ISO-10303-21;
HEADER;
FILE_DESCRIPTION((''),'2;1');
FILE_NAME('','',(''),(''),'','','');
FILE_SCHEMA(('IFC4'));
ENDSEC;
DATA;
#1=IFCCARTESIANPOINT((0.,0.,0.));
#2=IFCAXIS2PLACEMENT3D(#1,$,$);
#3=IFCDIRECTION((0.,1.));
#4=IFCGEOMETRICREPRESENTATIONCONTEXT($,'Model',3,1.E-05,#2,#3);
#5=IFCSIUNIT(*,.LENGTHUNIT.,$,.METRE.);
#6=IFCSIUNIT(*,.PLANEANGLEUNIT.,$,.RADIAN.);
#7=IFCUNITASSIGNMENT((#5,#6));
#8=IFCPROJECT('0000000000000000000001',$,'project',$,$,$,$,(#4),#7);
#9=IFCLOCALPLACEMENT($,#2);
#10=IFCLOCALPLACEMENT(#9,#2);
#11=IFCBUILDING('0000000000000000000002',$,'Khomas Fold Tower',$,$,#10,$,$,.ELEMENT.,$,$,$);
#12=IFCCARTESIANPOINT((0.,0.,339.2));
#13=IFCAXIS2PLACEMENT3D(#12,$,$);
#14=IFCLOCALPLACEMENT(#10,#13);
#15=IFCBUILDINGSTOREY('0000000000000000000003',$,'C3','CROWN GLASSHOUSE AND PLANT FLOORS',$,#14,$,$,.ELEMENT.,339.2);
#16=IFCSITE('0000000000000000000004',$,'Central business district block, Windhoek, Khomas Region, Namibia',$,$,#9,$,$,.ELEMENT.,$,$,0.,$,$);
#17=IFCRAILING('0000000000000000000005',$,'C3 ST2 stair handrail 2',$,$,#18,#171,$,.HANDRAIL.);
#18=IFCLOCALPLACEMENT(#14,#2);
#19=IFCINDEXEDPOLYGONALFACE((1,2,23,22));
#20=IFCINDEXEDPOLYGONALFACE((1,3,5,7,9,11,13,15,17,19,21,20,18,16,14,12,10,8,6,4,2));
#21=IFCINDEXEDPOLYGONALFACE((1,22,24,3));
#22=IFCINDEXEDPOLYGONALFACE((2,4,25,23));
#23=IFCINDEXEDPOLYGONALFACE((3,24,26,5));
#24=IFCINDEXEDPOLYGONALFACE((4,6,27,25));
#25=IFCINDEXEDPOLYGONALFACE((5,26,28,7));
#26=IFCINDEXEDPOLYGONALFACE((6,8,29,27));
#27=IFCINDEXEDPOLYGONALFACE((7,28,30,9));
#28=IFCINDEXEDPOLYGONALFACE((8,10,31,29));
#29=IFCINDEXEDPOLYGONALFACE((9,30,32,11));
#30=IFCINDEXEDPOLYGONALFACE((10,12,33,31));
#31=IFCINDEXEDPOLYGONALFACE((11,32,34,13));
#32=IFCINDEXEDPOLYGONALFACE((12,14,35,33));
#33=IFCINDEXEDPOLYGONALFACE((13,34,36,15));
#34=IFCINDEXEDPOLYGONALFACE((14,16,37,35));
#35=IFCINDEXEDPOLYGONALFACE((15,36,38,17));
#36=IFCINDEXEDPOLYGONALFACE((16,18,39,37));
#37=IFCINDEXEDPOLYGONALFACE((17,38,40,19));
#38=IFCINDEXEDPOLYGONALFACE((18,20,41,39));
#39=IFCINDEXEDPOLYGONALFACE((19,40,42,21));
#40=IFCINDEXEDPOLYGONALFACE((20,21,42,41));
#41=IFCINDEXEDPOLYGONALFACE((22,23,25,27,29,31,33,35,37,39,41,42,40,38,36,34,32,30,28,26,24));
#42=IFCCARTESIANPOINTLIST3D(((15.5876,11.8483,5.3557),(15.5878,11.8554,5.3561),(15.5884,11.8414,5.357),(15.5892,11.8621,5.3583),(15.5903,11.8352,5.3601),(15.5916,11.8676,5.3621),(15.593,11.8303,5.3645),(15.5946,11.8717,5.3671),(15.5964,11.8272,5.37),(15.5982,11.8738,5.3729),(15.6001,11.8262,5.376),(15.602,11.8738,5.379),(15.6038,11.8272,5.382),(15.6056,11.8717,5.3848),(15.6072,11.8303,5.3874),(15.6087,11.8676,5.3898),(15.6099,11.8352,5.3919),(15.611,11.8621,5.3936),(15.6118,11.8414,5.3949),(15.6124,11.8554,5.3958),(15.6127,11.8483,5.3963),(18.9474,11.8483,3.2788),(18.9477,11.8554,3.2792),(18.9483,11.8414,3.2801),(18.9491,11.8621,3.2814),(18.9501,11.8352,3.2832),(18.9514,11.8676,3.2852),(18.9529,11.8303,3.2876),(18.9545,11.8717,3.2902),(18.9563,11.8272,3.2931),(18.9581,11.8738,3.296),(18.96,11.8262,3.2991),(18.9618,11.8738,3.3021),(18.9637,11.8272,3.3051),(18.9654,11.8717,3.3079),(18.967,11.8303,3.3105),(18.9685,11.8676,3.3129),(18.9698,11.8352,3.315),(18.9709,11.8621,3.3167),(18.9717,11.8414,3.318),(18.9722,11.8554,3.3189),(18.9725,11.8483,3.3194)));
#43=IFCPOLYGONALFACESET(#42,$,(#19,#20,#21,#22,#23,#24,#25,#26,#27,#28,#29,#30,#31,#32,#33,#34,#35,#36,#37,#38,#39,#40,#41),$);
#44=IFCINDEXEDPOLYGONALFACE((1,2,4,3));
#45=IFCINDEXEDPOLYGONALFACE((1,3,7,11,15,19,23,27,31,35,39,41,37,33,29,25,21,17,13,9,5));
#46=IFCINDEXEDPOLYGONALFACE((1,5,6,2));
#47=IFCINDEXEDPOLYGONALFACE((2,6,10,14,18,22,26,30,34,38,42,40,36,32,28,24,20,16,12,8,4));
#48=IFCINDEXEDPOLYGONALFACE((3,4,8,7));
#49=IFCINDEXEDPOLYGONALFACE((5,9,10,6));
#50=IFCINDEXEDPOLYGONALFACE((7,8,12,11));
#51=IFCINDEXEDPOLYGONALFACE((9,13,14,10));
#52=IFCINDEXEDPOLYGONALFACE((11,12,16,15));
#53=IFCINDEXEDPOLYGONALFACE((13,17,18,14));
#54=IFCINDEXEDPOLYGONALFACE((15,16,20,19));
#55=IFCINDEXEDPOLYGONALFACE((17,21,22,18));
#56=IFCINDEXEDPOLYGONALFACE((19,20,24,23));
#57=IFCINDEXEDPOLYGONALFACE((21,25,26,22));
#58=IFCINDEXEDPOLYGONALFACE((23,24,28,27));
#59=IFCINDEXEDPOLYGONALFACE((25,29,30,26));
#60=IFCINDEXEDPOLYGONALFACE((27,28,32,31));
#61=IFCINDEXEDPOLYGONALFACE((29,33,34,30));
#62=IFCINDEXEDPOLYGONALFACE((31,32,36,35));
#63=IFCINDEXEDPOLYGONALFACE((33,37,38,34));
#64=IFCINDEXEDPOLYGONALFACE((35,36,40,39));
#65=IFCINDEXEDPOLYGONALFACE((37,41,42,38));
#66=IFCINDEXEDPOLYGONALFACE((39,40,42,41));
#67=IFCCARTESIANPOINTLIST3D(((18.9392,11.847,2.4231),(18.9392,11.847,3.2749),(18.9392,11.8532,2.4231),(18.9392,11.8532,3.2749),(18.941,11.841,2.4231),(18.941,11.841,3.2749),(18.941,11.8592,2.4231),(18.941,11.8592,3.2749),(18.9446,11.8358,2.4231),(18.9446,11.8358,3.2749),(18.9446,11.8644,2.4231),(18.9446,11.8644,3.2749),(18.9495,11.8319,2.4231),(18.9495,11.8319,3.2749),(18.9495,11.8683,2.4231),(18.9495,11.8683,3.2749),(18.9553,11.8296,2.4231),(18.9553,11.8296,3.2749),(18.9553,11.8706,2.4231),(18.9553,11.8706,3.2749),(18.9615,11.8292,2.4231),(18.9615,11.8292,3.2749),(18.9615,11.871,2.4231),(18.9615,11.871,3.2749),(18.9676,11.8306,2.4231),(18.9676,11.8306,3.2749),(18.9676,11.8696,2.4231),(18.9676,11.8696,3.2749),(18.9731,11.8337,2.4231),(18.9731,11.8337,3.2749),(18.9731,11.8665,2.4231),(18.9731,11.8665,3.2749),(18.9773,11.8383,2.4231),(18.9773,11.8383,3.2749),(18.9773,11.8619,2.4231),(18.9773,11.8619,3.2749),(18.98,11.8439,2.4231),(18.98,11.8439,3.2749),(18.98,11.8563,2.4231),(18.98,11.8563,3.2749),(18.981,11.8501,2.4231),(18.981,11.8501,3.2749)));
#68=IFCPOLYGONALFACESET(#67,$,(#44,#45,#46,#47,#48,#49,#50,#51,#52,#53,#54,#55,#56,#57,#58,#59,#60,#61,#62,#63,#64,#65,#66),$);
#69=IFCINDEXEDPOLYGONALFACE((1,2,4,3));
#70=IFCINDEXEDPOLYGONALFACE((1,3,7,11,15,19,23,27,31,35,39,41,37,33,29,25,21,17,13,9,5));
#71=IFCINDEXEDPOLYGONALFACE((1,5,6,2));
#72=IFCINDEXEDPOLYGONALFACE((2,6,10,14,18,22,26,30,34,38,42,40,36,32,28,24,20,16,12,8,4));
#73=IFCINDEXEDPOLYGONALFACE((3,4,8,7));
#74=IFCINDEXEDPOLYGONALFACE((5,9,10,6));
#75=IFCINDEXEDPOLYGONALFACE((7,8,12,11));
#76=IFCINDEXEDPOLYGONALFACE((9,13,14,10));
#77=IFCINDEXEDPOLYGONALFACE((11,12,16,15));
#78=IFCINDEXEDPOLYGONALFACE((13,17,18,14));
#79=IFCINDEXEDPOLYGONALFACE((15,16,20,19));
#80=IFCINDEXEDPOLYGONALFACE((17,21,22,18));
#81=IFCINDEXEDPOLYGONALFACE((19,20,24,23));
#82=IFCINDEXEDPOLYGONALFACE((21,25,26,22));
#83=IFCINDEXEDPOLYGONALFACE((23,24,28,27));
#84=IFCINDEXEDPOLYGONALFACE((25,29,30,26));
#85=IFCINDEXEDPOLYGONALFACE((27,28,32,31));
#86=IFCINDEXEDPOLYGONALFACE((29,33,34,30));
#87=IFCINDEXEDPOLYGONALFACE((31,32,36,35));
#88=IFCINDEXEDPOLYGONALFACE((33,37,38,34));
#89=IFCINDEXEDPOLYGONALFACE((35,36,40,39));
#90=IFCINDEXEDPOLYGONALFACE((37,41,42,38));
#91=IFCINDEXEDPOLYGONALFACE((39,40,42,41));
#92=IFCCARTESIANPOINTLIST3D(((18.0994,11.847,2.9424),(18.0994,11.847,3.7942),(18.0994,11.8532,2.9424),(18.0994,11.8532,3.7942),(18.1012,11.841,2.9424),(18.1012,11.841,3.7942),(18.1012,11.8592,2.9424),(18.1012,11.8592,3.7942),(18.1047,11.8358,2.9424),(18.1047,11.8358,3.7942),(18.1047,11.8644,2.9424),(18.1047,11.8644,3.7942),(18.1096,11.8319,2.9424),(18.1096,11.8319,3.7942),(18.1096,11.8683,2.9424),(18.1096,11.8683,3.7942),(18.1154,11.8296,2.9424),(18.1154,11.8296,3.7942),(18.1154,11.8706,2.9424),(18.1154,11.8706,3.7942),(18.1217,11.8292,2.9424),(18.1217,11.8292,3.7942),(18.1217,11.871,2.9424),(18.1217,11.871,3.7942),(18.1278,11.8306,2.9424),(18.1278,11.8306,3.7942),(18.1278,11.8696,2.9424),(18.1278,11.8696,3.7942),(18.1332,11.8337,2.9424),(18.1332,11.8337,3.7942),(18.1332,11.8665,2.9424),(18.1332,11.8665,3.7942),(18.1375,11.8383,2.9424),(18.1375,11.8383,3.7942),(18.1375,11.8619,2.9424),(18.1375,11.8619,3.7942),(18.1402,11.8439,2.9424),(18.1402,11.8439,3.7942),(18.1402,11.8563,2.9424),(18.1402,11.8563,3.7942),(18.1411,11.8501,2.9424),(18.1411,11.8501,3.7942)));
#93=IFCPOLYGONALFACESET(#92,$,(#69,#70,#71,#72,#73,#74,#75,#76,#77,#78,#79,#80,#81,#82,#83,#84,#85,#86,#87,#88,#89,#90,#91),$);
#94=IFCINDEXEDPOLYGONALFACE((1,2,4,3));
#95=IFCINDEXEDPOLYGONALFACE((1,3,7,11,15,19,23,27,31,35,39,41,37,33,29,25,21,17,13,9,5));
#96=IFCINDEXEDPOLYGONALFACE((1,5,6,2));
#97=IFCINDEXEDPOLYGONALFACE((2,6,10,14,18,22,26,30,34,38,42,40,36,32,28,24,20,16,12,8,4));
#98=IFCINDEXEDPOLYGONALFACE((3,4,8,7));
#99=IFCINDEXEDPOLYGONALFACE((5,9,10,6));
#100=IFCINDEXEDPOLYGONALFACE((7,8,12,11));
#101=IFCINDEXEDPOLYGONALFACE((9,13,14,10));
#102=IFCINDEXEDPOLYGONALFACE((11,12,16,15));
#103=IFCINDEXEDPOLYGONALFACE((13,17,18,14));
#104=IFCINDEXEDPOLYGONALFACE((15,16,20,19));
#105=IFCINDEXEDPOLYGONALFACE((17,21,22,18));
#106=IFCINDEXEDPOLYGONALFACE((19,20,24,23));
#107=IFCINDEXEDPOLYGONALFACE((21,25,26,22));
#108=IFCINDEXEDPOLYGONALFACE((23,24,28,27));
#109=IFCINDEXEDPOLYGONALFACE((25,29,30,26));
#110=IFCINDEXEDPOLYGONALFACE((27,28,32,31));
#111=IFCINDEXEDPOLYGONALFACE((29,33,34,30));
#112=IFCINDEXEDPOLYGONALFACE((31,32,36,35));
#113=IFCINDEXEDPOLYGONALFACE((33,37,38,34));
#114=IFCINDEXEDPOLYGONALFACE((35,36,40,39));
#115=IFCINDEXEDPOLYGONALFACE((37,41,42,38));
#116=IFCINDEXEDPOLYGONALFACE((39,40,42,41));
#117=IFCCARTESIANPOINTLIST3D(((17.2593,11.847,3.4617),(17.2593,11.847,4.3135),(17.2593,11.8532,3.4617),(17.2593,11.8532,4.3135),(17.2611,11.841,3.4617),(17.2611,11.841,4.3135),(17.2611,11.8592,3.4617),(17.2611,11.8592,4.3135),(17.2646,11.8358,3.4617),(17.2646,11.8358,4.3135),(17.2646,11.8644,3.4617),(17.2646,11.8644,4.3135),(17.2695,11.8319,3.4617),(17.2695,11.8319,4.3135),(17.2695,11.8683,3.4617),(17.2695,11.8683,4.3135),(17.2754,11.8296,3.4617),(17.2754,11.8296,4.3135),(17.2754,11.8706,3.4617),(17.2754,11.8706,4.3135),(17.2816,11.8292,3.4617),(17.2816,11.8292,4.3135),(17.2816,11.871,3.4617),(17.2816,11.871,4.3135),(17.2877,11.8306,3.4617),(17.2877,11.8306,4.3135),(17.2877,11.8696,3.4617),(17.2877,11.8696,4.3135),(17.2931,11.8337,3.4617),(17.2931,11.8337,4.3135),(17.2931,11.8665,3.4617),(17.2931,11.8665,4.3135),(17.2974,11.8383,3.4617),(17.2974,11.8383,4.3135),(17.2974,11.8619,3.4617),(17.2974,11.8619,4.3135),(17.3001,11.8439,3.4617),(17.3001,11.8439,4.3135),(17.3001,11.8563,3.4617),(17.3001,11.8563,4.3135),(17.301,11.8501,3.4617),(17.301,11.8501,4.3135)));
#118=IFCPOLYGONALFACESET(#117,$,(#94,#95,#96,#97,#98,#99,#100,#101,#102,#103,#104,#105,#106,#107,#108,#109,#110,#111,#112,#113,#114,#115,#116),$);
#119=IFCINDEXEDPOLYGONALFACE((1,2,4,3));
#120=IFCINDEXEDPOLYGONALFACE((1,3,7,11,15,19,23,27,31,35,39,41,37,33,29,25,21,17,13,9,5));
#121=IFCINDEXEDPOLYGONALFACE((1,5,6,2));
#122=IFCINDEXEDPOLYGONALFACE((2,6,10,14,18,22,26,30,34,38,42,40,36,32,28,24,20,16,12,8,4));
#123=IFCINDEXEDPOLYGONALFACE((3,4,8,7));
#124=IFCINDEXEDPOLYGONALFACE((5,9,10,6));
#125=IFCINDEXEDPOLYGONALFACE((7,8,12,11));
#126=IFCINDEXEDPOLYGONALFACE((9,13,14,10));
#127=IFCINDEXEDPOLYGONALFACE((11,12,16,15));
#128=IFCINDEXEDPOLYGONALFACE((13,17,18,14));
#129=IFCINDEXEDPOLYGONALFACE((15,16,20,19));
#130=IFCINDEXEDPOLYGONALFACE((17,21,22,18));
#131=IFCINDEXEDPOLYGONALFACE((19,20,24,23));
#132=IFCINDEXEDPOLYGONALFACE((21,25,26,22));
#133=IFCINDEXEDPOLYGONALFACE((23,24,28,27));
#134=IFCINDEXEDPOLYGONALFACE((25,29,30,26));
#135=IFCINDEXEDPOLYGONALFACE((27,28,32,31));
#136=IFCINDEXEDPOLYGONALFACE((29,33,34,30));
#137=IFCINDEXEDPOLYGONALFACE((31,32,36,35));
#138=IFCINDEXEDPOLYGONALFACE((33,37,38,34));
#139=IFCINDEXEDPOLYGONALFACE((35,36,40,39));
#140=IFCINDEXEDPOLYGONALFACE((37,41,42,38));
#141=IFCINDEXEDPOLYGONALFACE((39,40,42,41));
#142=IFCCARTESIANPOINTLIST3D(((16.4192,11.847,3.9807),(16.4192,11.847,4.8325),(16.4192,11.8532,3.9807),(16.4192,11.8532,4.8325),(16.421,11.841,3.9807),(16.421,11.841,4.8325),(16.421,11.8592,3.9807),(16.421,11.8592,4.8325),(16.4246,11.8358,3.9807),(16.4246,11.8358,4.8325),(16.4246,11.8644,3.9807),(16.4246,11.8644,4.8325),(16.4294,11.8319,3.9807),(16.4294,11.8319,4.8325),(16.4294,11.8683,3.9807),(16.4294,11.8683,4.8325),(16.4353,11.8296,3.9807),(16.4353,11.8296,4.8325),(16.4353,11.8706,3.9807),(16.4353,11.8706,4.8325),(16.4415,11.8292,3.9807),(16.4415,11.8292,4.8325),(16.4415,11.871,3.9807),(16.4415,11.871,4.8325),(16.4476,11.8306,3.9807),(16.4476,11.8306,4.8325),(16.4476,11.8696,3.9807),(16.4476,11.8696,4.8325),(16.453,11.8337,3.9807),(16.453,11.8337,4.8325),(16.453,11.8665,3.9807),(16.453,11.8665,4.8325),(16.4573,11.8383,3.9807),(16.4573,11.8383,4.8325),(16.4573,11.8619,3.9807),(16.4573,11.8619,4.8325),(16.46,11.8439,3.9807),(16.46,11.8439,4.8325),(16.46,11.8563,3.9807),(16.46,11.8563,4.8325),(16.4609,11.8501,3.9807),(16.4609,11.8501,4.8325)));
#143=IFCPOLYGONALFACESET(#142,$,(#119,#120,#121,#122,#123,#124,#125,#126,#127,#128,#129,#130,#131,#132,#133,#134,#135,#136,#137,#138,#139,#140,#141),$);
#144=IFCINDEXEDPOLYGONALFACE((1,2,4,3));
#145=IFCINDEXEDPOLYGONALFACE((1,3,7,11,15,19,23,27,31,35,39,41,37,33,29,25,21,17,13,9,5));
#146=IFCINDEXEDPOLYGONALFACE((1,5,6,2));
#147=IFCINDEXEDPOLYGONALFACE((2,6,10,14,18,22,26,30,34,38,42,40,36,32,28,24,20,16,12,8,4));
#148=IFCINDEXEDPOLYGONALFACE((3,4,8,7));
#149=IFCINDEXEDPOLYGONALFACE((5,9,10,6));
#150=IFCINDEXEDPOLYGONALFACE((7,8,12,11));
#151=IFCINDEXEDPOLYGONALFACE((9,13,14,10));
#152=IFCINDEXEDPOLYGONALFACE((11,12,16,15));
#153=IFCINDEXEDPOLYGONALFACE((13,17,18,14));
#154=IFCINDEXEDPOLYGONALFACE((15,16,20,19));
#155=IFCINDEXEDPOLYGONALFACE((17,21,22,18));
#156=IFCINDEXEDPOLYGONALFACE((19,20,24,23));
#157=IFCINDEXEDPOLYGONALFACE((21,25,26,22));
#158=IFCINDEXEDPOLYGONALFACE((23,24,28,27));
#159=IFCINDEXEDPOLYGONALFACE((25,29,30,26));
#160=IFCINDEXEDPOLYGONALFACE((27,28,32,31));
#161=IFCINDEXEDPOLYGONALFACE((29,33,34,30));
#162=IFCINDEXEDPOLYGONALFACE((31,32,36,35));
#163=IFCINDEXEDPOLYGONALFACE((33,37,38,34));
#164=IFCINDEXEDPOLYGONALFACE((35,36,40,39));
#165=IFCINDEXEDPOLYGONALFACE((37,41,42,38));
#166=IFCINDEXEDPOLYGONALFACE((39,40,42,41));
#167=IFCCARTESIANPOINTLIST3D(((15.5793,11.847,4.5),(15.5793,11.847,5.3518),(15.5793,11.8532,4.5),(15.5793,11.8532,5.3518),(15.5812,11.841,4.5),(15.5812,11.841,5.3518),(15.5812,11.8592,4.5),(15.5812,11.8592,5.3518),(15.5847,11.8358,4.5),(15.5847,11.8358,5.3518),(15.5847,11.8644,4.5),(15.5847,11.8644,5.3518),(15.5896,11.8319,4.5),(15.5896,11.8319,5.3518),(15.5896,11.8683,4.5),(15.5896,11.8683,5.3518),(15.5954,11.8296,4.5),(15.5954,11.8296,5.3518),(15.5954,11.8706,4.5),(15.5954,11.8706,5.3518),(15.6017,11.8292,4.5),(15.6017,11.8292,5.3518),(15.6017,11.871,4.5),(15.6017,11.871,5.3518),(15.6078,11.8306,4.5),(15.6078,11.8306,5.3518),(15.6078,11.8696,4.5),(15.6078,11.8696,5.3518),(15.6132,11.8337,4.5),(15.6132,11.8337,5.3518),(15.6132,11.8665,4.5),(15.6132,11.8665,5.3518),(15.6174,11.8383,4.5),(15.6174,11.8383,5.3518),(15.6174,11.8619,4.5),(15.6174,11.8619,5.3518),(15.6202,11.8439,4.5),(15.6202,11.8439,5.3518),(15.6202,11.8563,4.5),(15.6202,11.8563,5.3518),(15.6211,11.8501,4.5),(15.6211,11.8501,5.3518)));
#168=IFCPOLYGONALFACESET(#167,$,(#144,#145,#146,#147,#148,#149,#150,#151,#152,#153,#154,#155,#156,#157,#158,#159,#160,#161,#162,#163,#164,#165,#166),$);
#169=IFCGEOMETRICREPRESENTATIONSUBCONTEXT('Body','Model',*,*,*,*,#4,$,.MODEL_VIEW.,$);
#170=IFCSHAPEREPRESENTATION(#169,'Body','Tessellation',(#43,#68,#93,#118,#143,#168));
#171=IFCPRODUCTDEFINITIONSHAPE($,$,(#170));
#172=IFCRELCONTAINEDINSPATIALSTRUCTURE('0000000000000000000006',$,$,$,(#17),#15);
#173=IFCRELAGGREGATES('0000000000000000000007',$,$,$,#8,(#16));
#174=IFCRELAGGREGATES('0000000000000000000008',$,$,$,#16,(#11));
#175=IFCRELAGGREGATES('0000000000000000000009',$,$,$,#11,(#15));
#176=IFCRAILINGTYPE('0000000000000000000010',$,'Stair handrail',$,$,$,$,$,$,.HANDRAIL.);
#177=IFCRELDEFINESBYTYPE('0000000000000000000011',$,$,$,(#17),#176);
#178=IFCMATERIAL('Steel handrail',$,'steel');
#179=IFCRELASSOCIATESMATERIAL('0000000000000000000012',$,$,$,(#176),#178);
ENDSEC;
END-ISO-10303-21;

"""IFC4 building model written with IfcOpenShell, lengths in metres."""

from ifc_helpers import new_model, si_unit, direction, frame, origin, origin_2d, place, context, subcontext, project, spatial, circle, extrude, source, transform, mapped, material, type_object, element, save


model = new_model("IFC4")

# Units and contexts
model_context = context("Model", 3, precision=1e-05, world=origin(), true_north=direction((0.0, 1.0)))
body_context = subcontext(model_context, "Body", "Model", "MODEL_VIEW")
ifc_project = project(units=[si_unit("LENGTHUNIT", "METRE"), si_unit("PLANEANGLEUNIT", "RADIAN")], contexts=[model_context])

# Site, building, storey
site_placement = place(None, origin())
site = spatial("IfcSite", under=ifc_project, at=site_placement, Name="Central business district block, Windhoek, Khomas Region, Namibia", CompositionType="ELEMENT", RefElevation=0.0)
building_placement = place(site_placement, origin())
building = spatial("IfcBuilding", under=site, at=building_placement, Name="Khomas Fold Tower", CompositionType="ELEMENT")
storey_placement = place(building_placement, frame((0.0, 0.0, 339.2)))
storey = spatial("IfcBuildingStorey", under=building, at=storey_placement, Name="C3", Description="CROWN GLASSHOUSE AND PLANT FLOORS", CompositionType="ELEMENT", Elevation=339.2)

# Railing
ifc_material_1 = material(Name="Steel handrail", Category="steel")
railing_type_1 = type_object("IfcRailingType", Name="Stair handrail", PredefinedType="HANDRAIL", material=ifc_material_1)
shared_shape_1 = source(origin(), body_context, "Body", "SweptSolid", [
    extrude(circle(Radius=0.0239, at=origin_2d()), frame((0.0, 0.0, 0.876), z_axis=(-0.850606, 0.0, 0.525803), x_axis=(0.0, -1.0, 0.0)), (0.0, 0.0, 1.0), 3.95),
    extrude(circle(Radius=0.021, at=origin_2d()), origin(), (0.0, 0.0, 1.0), 0.8518),
    extrude(circle(Radius=0.021, at=origin_2d()), frame((-0.8398, 0.0, 0.5193)), (0.0, 0.0, 1.0), 0.8518),
    extrude(circle(Radius=0.021, at=origin_2d()), frame((-1.6799, 0.0, 1.0386)), (0.0, 0.0, 1.0), 0.8518),
    extrude(circle(Radius=0.021, at=origin_2d()), frame((-2.52, 0.0, 1.5576)), (0.0, 0.0, 1.0), 0.8518),
    extrude(circle(Radius=0.021, at=origin_2d()), frame((-3.3599, 0.0, 2.0769)), (0.0, 0.0, 1.0), 0.8518),
])
railing_1_placement = place(storey_placement, frame((18.96, 11.8501, 2.4231)))
element("IfcRailing", 1, at=railing_1_placement, inside=storey, type_object=railing_type_1, Name="C3 ST2 stair handrail 2", PredefinedType="HANDRAIL", context=body_context, shape_type="MappedRepresentation", body=[
    mapped(shared_shape_1, transform((0.0, 0.0, 0.0))),
])

save(model, "model.ifc")
